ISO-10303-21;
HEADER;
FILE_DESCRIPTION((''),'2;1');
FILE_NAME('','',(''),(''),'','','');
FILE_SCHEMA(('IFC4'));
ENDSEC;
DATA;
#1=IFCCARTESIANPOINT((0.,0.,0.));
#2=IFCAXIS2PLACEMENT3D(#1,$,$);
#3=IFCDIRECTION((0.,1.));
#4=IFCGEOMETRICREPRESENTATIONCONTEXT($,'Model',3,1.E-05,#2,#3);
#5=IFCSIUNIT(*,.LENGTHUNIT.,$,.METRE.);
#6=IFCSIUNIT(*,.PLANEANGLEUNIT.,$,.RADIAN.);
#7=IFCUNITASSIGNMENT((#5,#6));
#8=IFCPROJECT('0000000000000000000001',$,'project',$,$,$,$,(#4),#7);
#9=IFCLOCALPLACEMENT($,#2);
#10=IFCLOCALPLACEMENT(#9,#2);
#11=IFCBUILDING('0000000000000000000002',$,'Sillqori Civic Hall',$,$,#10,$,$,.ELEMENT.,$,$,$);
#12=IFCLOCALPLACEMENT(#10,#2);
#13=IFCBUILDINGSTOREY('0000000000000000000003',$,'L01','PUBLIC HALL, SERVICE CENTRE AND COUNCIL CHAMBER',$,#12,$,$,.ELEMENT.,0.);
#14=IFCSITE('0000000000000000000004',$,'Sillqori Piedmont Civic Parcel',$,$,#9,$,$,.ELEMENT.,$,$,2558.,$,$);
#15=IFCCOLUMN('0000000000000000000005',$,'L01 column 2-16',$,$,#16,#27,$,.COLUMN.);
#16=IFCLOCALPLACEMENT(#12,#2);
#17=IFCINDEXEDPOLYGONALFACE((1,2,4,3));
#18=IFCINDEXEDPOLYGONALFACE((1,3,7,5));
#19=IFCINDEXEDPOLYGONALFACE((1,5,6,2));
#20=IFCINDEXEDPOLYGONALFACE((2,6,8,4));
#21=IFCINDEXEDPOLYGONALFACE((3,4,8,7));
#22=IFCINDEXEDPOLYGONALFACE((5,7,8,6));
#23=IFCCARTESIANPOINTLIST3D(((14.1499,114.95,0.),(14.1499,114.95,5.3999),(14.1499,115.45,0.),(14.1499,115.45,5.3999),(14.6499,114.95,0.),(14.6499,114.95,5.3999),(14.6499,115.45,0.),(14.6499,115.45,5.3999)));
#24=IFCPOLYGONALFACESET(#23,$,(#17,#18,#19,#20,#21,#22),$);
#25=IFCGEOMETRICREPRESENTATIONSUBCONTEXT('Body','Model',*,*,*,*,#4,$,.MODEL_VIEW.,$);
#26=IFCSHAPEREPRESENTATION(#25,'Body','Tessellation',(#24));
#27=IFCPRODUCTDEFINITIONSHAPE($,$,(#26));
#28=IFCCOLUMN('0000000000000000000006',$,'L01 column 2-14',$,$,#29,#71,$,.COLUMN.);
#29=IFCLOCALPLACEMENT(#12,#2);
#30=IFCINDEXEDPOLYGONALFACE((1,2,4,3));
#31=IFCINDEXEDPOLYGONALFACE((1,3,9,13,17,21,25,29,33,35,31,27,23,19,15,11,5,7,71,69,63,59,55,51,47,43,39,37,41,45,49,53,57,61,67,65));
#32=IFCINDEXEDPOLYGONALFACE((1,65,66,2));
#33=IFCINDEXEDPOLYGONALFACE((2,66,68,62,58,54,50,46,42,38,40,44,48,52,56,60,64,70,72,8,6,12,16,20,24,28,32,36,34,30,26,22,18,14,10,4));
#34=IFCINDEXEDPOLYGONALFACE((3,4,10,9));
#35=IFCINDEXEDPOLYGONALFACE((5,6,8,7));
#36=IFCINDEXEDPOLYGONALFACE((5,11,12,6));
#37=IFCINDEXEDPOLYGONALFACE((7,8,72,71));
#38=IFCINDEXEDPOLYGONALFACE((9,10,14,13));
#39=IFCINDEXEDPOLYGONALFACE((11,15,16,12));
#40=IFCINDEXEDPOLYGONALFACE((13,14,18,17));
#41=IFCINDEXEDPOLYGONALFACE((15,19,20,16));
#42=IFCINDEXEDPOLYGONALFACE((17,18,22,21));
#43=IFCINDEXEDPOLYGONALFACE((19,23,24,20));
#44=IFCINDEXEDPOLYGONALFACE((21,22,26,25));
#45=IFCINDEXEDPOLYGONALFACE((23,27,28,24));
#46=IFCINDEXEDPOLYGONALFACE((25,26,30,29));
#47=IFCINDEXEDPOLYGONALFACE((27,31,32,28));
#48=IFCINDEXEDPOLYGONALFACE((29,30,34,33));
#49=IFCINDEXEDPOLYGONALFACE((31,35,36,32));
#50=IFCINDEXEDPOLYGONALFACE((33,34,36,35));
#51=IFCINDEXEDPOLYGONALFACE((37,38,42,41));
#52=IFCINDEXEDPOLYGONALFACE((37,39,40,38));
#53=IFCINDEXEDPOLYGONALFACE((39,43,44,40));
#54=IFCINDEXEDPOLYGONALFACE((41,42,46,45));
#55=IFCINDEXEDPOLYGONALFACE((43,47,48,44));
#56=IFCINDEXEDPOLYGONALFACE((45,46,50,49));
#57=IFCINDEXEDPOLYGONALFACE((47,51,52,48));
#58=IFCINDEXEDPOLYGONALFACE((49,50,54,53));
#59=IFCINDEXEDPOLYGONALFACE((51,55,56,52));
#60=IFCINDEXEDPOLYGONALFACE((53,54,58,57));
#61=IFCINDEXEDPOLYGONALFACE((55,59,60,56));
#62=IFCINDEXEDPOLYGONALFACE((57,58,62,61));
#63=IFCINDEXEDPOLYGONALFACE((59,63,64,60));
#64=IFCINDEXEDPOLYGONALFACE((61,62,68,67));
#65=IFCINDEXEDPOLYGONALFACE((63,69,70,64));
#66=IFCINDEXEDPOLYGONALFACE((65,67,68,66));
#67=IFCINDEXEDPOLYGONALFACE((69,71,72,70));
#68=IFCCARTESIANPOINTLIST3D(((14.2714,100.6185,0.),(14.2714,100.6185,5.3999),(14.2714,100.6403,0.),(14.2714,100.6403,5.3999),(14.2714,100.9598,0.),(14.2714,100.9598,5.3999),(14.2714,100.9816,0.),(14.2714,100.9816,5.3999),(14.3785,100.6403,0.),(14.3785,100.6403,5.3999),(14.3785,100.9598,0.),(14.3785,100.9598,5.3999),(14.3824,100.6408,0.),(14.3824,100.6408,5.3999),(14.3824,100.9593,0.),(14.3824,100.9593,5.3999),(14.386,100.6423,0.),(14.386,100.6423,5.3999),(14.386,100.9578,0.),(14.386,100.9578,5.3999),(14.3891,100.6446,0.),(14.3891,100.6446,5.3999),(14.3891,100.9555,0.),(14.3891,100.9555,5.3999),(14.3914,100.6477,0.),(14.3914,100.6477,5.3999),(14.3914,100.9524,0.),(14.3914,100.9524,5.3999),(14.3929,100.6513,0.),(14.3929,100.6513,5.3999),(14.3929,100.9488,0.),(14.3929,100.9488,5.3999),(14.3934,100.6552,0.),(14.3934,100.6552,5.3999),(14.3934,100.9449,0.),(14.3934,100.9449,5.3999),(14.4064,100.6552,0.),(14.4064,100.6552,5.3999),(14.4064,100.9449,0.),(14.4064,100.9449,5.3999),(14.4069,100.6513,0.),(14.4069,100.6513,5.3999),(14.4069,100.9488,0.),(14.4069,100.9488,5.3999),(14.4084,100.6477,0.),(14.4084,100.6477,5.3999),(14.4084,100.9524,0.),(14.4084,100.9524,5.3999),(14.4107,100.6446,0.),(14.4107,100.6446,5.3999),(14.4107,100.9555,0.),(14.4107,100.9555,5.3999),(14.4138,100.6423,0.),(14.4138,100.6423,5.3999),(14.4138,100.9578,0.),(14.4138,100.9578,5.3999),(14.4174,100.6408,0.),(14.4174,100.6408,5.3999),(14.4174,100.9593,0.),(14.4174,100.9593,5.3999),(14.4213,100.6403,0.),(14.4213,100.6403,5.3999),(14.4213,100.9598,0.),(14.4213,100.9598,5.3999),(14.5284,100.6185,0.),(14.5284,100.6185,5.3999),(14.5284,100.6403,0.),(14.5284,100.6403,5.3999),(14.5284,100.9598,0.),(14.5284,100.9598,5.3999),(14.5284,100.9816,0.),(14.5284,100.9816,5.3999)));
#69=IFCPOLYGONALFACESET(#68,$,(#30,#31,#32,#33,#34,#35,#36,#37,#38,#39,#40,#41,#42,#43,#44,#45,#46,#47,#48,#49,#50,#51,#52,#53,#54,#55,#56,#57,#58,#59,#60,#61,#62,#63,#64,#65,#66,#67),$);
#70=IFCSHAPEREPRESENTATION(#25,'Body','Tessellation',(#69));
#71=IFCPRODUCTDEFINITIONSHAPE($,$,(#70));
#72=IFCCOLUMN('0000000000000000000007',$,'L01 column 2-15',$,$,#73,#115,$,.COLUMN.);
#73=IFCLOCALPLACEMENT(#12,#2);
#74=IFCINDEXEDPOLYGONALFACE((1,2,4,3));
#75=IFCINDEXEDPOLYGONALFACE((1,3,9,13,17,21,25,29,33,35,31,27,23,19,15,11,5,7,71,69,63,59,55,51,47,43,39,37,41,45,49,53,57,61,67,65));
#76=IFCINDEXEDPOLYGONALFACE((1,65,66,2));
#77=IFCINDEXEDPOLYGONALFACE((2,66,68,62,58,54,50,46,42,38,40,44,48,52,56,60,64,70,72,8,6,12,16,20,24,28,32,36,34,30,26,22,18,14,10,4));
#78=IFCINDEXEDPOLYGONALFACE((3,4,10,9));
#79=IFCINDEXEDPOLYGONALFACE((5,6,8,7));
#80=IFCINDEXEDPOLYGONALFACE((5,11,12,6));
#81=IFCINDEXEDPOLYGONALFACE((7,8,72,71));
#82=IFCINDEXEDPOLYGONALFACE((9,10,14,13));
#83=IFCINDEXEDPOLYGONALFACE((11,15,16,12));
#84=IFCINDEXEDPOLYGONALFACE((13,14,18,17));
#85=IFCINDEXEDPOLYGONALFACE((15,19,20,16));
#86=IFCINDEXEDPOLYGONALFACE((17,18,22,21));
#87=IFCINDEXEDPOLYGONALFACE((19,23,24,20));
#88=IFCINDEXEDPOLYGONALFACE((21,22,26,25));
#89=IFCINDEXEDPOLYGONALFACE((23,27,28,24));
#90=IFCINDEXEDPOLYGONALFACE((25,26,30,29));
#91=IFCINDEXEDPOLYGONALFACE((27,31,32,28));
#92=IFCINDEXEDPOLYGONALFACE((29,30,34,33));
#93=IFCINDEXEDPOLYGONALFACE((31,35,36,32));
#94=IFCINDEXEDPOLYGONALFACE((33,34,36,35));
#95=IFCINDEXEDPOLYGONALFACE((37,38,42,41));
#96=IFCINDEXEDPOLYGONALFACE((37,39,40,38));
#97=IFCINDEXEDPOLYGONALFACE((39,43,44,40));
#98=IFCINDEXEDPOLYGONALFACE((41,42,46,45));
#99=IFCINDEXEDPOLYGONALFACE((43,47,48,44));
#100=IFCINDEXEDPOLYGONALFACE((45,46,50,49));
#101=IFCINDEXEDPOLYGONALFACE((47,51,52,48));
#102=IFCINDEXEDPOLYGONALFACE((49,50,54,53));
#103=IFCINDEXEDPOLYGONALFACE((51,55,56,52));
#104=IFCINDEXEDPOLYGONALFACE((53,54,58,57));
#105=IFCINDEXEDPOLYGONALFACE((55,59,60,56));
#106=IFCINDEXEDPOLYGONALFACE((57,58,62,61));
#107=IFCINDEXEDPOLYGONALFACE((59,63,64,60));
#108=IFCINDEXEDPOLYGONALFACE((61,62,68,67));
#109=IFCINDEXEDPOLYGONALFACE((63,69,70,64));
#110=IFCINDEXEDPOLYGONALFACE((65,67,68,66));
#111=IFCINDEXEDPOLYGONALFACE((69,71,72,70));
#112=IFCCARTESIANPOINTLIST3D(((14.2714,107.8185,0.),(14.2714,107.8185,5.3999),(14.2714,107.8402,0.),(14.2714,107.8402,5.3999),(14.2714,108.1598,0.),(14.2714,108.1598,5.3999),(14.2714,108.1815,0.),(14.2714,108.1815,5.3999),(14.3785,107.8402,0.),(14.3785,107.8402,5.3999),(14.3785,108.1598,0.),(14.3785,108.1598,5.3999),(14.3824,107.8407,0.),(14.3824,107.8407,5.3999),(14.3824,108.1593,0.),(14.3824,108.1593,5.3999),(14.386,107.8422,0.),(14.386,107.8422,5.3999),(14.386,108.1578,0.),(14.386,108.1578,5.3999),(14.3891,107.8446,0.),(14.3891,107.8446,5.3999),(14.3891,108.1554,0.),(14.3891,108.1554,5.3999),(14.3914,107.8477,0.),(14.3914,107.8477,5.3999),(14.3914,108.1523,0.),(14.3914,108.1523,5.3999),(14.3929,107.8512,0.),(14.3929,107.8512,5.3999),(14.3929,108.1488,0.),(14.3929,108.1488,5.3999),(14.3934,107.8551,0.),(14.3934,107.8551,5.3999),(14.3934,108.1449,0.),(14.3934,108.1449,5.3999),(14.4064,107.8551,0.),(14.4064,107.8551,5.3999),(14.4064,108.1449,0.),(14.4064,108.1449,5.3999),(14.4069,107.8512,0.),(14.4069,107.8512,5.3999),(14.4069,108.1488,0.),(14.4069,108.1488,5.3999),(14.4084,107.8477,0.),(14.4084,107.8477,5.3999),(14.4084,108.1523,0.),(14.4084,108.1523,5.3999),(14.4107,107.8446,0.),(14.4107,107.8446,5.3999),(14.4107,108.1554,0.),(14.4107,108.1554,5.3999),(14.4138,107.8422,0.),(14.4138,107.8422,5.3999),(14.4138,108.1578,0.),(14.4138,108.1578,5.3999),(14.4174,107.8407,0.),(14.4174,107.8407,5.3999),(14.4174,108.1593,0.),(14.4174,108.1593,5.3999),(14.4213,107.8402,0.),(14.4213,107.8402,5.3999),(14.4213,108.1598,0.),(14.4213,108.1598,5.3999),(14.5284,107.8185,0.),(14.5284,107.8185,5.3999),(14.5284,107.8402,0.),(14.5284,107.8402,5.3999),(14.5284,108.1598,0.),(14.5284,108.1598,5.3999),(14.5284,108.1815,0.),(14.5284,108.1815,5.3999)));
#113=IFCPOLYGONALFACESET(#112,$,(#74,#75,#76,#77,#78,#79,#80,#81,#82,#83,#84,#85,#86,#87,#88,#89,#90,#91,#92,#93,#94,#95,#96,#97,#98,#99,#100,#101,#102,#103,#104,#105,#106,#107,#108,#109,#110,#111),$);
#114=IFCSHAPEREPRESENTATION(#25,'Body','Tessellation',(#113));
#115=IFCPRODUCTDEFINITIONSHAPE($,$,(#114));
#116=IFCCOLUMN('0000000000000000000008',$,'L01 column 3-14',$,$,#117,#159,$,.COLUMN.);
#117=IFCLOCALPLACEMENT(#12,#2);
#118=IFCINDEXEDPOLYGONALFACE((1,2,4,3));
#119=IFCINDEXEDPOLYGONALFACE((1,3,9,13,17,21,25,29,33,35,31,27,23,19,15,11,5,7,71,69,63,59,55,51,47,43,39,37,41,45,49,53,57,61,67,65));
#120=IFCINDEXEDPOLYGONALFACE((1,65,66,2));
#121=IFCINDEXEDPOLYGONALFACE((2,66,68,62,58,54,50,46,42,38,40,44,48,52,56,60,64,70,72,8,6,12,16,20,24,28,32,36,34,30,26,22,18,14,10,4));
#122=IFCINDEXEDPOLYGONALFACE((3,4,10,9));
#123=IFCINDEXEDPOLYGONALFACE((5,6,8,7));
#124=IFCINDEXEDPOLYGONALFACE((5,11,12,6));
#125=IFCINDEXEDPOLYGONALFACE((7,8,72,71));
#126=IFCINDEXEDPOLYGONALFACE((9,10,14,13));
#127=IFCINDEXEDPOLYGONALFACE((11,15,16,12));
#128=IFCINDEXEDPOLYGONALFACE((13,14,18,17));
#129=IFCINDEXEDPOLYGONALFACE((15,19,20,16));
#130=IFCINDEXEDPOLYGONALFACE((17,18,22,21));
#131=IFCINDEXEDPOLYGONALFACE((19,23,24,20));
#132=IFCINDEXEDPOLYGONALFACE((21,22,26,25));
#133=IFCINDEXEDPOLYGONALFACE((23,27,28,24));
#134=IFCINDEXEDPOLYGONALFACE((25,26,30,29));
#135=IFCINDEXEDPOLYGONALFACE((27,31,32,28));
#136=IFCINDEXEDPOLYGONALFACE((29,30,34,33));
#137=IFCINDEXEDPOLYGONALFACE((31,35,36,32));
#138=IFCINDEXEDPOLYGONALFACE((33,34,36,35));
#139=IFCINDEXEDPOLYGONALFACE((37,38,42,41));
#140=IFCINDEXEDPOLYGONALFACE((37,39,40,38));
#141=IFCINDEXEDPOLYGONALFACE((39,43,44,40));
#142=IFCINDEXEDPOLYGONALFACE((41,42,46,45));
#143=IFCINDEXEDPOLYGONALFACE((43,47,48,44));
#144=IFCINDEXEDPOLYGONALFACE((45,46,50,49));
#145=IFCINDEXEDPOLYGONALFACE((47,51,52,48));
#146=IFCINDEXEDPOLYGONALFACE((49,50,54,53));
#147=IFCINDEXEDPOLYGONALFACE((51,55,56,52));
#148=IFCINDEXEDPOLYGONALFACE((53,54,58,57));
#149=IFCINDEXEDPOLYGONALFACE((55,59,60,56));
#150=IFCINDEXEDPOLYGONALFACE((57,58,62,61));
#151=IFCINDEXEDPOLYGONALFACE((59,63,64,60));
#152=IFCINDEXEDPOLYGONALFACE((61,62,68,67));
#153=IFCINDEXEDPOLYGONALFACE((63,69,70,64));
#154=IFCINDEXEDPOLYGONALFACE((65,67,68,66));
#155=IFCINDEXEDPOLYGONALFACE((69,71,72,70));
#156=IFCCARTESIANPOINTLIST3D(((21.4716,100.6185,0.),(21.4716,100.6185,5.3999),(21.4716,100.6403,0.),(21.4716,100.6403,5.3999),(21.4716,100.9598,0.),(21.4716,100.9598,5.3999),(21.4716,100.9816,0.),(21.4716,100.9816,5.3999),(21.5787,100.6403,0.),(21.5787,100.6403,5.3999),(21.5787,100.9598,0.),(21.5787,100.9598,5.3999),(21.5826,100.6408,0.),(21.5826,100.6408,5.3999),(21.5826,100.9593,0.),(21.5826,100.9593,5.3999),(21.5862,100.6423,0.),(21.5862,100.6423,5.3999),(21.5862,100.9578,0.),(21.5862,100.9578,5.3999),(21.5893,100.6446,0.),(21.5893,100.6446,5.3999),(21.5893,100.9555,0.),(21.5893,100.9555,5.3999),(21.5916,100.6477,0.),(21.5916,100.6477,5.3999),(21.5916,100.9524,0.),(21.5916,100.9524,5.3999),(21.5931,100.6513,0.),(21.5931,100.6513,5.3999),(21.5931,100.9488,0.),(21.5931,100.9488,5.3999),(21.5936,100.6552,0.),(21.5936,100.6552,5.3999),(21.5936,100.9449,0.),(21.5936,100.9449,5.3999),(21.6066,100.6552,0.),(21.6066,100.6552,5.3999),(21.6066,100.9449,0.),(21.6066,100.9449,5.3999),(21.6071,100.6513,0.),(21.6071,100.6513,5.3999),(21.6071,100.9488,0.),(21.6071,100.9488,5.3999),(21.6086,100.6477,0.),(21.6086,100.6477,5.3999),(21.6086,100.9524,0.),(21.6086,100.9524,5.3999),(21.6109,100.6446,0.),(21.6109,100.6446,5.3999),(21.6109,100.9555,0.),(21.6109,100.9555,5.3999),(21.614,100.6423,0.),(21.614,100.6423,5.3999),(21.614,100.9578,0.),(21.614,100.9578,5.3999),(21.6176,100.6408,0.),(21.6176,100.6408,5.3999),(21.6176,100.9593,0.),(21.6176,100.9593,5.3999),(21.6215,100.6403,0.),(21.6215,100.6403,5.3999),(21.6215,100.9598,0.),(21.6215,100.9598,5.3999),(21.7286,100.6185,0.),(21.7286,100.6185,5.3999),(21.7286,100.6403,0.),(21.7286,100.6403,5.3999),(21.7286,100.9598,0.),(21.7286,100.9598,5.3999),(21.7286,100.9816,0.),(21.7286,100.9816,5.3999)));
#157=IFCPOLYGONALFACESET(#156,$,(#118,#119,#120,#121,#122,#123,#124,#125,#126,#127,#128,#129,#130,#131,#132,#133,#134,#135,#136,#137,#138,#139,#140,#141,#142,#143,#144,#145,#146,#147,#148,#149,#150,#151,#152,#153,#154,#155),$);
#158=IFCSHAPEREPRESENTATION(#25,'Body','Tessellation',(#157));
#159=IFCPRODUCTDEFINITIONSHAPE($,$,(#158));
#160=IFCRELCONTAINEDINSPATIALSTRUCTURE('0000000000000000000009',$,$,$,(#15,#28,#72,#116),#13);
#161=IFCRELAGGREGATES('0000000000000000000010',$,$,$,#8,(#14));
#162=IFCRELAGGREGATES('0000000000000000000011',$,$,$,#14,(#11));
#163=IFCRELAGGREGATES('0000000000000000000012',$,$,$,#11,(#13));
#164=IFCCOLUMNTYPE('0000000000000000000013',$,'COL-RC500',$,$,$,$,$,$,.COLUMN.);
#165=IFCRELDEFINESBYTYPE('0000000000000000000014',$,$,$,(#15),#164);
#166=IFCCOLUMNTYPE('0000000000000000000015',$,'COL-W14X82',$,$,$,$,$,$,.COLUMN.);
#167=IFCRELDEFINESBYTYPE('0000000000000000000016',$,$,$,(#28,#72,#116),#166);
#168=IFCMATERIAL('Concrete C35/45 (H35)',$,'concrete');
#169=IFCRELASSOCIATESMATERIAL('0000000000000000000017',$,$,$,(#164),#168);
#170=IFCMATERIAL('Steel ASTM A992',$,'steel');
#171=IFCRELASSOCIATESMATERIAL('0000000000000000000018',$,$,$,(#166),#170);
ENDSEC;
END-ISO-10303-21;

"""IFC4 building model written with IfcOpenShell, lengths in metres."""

from ifc_helpers import new_model, si_unit, direction, frame, origin, origin_2d, place, context, subcontext, project, spatial, rectangle, i_section, extrude, material, material_profile, profile_set, type_object, element, save


model = new_model("IFC4")

# Units and contexts
model_context = context("Model", 3, precision=1e-05, world=origin(), true_north=direction((0.0, 1.0)))
body_context = subcontext(model_context, "Body", "Model", "MODEL_VIEW")
ifc_project = project(units=[si_unit("LENGTHUNIT", "METRE"), si_unit("PLANEANGLEUNIT", "RADIAN")], contexts=[model_context])

# Site, building, storey
site_placement = place(None, origin())
site = spatial("IfcSite", under=ifc_project, at=site_placement, Name="Sillqori Piedmont Civic Parcel", CompositionType="ELEMENT", RefElevation=2558.0)
building_placement = place(site_placement, origin())
building = spatial("IfcBuilding", under=site, at=building_placement, Name="Sillqori Civic Hall", CompositionType="ELEMENT")
storey_placement = place(building_placement, origin())
storey = spatial("IfcBuildingStorey", under=building, at=storey_placement, Name="L01", Description="PUBLIC HALL, SERVICE CENTRE AND COUNCIL CHAMBER", CompositionType="ELEMENT", Elevation=0.0)

# Columns
ifc_material_1 = material(Name="Concrete C35/45 (H35)", Category="concrete")
ifc_material_profile_1 = material_profile(ifc_material_1, rectangle(XDim=0.5, YDim=0.5, at=origin_2d()), Name="RC 500x500")
ifc_profile_set_1 = profile_set([ifc_material_profile_1], Name="Concrete C35/45 (H35)")
column_type_1 = type_object("IfcColumnType", Name="COL-RC500", PredefinedType="COLUMN", material=ifc_profile_set_1)
column_placement = place(storey_placement, frame((14.3999, 115.2, 0.0), z_axis=(0.0, 0.0, 1.0), x_axis=(1.0, 0.0, 0.0)))
element("IfcColumn", 1, at=column_placement, inside=storey, type_object=column_type_1, Name="L01 column 2-16", PredefinedType="COLUMN", context=body_context, shape_type="SweptSolid", body=[
    extrude(rectangle(XDim=0.5, YDim=0.5, at=origin_2d()), origin(), (0.0, 0.0, 1.0), 5.3999),
])
ifc_material_2 = material(Name="Steel ASTM A992", Category="steel")
ifc_material_profile_2 = material_profile(ifc_material_2, i_section(OverallWidth=0.2571, OverallDepth=0.363, WebThickness=0.0129, FlangeThickness=0.0217, FilletRadius=0.0149, at=origin_2d()), Name="W14X82")
ifc_profile_set_2 = profile_set([ifc_material_profile_2], Name="Steel ASTM A992")
column_type_2 = type_object("IfcColumnType", Name="COL-W14X82", PredefinedType="COLUMN", material=ifc_profile_set_2)
for number, where, z_axis, x_axis, name in (
    (2, (14.3999, 100.8, 0.0), (0.0, 0.0, 1.0), (1.0, 0.0, 0.0), "L01 column 2-14"),
    (3, (14.3999, 108.0, 0.0), (0.0, 0.0, 1.0), (1.0, 0.0, 0.0), "L01 column 2-15"),
    (4, (21.6001, 100.8, 0.0), (0.0, 0.0, 1.0), (1.0, 0.0, 0.0), "L01 column 3-14"),
):
    element("IfcColumn", number, at=place(storey_placement, frame(where, z_axis=z_axis, x_axis=x_axis)), inside=storey, type_object=column_type_2, Name=name, PredefinedType="COLUMN", context=body_context, shape_type="SweptSolid", body=[
        extrude(i_section(OverallWidth=0.2571, OverallDepth=0.363, WebThickness=0.0129, FlangeThickness=0.0217, FilletRadius=0.0149, at=origin_2d()), origin(), (0.0, 0.0, 1.0), 5.3999),
    ])

save(model, "model.ifc")
